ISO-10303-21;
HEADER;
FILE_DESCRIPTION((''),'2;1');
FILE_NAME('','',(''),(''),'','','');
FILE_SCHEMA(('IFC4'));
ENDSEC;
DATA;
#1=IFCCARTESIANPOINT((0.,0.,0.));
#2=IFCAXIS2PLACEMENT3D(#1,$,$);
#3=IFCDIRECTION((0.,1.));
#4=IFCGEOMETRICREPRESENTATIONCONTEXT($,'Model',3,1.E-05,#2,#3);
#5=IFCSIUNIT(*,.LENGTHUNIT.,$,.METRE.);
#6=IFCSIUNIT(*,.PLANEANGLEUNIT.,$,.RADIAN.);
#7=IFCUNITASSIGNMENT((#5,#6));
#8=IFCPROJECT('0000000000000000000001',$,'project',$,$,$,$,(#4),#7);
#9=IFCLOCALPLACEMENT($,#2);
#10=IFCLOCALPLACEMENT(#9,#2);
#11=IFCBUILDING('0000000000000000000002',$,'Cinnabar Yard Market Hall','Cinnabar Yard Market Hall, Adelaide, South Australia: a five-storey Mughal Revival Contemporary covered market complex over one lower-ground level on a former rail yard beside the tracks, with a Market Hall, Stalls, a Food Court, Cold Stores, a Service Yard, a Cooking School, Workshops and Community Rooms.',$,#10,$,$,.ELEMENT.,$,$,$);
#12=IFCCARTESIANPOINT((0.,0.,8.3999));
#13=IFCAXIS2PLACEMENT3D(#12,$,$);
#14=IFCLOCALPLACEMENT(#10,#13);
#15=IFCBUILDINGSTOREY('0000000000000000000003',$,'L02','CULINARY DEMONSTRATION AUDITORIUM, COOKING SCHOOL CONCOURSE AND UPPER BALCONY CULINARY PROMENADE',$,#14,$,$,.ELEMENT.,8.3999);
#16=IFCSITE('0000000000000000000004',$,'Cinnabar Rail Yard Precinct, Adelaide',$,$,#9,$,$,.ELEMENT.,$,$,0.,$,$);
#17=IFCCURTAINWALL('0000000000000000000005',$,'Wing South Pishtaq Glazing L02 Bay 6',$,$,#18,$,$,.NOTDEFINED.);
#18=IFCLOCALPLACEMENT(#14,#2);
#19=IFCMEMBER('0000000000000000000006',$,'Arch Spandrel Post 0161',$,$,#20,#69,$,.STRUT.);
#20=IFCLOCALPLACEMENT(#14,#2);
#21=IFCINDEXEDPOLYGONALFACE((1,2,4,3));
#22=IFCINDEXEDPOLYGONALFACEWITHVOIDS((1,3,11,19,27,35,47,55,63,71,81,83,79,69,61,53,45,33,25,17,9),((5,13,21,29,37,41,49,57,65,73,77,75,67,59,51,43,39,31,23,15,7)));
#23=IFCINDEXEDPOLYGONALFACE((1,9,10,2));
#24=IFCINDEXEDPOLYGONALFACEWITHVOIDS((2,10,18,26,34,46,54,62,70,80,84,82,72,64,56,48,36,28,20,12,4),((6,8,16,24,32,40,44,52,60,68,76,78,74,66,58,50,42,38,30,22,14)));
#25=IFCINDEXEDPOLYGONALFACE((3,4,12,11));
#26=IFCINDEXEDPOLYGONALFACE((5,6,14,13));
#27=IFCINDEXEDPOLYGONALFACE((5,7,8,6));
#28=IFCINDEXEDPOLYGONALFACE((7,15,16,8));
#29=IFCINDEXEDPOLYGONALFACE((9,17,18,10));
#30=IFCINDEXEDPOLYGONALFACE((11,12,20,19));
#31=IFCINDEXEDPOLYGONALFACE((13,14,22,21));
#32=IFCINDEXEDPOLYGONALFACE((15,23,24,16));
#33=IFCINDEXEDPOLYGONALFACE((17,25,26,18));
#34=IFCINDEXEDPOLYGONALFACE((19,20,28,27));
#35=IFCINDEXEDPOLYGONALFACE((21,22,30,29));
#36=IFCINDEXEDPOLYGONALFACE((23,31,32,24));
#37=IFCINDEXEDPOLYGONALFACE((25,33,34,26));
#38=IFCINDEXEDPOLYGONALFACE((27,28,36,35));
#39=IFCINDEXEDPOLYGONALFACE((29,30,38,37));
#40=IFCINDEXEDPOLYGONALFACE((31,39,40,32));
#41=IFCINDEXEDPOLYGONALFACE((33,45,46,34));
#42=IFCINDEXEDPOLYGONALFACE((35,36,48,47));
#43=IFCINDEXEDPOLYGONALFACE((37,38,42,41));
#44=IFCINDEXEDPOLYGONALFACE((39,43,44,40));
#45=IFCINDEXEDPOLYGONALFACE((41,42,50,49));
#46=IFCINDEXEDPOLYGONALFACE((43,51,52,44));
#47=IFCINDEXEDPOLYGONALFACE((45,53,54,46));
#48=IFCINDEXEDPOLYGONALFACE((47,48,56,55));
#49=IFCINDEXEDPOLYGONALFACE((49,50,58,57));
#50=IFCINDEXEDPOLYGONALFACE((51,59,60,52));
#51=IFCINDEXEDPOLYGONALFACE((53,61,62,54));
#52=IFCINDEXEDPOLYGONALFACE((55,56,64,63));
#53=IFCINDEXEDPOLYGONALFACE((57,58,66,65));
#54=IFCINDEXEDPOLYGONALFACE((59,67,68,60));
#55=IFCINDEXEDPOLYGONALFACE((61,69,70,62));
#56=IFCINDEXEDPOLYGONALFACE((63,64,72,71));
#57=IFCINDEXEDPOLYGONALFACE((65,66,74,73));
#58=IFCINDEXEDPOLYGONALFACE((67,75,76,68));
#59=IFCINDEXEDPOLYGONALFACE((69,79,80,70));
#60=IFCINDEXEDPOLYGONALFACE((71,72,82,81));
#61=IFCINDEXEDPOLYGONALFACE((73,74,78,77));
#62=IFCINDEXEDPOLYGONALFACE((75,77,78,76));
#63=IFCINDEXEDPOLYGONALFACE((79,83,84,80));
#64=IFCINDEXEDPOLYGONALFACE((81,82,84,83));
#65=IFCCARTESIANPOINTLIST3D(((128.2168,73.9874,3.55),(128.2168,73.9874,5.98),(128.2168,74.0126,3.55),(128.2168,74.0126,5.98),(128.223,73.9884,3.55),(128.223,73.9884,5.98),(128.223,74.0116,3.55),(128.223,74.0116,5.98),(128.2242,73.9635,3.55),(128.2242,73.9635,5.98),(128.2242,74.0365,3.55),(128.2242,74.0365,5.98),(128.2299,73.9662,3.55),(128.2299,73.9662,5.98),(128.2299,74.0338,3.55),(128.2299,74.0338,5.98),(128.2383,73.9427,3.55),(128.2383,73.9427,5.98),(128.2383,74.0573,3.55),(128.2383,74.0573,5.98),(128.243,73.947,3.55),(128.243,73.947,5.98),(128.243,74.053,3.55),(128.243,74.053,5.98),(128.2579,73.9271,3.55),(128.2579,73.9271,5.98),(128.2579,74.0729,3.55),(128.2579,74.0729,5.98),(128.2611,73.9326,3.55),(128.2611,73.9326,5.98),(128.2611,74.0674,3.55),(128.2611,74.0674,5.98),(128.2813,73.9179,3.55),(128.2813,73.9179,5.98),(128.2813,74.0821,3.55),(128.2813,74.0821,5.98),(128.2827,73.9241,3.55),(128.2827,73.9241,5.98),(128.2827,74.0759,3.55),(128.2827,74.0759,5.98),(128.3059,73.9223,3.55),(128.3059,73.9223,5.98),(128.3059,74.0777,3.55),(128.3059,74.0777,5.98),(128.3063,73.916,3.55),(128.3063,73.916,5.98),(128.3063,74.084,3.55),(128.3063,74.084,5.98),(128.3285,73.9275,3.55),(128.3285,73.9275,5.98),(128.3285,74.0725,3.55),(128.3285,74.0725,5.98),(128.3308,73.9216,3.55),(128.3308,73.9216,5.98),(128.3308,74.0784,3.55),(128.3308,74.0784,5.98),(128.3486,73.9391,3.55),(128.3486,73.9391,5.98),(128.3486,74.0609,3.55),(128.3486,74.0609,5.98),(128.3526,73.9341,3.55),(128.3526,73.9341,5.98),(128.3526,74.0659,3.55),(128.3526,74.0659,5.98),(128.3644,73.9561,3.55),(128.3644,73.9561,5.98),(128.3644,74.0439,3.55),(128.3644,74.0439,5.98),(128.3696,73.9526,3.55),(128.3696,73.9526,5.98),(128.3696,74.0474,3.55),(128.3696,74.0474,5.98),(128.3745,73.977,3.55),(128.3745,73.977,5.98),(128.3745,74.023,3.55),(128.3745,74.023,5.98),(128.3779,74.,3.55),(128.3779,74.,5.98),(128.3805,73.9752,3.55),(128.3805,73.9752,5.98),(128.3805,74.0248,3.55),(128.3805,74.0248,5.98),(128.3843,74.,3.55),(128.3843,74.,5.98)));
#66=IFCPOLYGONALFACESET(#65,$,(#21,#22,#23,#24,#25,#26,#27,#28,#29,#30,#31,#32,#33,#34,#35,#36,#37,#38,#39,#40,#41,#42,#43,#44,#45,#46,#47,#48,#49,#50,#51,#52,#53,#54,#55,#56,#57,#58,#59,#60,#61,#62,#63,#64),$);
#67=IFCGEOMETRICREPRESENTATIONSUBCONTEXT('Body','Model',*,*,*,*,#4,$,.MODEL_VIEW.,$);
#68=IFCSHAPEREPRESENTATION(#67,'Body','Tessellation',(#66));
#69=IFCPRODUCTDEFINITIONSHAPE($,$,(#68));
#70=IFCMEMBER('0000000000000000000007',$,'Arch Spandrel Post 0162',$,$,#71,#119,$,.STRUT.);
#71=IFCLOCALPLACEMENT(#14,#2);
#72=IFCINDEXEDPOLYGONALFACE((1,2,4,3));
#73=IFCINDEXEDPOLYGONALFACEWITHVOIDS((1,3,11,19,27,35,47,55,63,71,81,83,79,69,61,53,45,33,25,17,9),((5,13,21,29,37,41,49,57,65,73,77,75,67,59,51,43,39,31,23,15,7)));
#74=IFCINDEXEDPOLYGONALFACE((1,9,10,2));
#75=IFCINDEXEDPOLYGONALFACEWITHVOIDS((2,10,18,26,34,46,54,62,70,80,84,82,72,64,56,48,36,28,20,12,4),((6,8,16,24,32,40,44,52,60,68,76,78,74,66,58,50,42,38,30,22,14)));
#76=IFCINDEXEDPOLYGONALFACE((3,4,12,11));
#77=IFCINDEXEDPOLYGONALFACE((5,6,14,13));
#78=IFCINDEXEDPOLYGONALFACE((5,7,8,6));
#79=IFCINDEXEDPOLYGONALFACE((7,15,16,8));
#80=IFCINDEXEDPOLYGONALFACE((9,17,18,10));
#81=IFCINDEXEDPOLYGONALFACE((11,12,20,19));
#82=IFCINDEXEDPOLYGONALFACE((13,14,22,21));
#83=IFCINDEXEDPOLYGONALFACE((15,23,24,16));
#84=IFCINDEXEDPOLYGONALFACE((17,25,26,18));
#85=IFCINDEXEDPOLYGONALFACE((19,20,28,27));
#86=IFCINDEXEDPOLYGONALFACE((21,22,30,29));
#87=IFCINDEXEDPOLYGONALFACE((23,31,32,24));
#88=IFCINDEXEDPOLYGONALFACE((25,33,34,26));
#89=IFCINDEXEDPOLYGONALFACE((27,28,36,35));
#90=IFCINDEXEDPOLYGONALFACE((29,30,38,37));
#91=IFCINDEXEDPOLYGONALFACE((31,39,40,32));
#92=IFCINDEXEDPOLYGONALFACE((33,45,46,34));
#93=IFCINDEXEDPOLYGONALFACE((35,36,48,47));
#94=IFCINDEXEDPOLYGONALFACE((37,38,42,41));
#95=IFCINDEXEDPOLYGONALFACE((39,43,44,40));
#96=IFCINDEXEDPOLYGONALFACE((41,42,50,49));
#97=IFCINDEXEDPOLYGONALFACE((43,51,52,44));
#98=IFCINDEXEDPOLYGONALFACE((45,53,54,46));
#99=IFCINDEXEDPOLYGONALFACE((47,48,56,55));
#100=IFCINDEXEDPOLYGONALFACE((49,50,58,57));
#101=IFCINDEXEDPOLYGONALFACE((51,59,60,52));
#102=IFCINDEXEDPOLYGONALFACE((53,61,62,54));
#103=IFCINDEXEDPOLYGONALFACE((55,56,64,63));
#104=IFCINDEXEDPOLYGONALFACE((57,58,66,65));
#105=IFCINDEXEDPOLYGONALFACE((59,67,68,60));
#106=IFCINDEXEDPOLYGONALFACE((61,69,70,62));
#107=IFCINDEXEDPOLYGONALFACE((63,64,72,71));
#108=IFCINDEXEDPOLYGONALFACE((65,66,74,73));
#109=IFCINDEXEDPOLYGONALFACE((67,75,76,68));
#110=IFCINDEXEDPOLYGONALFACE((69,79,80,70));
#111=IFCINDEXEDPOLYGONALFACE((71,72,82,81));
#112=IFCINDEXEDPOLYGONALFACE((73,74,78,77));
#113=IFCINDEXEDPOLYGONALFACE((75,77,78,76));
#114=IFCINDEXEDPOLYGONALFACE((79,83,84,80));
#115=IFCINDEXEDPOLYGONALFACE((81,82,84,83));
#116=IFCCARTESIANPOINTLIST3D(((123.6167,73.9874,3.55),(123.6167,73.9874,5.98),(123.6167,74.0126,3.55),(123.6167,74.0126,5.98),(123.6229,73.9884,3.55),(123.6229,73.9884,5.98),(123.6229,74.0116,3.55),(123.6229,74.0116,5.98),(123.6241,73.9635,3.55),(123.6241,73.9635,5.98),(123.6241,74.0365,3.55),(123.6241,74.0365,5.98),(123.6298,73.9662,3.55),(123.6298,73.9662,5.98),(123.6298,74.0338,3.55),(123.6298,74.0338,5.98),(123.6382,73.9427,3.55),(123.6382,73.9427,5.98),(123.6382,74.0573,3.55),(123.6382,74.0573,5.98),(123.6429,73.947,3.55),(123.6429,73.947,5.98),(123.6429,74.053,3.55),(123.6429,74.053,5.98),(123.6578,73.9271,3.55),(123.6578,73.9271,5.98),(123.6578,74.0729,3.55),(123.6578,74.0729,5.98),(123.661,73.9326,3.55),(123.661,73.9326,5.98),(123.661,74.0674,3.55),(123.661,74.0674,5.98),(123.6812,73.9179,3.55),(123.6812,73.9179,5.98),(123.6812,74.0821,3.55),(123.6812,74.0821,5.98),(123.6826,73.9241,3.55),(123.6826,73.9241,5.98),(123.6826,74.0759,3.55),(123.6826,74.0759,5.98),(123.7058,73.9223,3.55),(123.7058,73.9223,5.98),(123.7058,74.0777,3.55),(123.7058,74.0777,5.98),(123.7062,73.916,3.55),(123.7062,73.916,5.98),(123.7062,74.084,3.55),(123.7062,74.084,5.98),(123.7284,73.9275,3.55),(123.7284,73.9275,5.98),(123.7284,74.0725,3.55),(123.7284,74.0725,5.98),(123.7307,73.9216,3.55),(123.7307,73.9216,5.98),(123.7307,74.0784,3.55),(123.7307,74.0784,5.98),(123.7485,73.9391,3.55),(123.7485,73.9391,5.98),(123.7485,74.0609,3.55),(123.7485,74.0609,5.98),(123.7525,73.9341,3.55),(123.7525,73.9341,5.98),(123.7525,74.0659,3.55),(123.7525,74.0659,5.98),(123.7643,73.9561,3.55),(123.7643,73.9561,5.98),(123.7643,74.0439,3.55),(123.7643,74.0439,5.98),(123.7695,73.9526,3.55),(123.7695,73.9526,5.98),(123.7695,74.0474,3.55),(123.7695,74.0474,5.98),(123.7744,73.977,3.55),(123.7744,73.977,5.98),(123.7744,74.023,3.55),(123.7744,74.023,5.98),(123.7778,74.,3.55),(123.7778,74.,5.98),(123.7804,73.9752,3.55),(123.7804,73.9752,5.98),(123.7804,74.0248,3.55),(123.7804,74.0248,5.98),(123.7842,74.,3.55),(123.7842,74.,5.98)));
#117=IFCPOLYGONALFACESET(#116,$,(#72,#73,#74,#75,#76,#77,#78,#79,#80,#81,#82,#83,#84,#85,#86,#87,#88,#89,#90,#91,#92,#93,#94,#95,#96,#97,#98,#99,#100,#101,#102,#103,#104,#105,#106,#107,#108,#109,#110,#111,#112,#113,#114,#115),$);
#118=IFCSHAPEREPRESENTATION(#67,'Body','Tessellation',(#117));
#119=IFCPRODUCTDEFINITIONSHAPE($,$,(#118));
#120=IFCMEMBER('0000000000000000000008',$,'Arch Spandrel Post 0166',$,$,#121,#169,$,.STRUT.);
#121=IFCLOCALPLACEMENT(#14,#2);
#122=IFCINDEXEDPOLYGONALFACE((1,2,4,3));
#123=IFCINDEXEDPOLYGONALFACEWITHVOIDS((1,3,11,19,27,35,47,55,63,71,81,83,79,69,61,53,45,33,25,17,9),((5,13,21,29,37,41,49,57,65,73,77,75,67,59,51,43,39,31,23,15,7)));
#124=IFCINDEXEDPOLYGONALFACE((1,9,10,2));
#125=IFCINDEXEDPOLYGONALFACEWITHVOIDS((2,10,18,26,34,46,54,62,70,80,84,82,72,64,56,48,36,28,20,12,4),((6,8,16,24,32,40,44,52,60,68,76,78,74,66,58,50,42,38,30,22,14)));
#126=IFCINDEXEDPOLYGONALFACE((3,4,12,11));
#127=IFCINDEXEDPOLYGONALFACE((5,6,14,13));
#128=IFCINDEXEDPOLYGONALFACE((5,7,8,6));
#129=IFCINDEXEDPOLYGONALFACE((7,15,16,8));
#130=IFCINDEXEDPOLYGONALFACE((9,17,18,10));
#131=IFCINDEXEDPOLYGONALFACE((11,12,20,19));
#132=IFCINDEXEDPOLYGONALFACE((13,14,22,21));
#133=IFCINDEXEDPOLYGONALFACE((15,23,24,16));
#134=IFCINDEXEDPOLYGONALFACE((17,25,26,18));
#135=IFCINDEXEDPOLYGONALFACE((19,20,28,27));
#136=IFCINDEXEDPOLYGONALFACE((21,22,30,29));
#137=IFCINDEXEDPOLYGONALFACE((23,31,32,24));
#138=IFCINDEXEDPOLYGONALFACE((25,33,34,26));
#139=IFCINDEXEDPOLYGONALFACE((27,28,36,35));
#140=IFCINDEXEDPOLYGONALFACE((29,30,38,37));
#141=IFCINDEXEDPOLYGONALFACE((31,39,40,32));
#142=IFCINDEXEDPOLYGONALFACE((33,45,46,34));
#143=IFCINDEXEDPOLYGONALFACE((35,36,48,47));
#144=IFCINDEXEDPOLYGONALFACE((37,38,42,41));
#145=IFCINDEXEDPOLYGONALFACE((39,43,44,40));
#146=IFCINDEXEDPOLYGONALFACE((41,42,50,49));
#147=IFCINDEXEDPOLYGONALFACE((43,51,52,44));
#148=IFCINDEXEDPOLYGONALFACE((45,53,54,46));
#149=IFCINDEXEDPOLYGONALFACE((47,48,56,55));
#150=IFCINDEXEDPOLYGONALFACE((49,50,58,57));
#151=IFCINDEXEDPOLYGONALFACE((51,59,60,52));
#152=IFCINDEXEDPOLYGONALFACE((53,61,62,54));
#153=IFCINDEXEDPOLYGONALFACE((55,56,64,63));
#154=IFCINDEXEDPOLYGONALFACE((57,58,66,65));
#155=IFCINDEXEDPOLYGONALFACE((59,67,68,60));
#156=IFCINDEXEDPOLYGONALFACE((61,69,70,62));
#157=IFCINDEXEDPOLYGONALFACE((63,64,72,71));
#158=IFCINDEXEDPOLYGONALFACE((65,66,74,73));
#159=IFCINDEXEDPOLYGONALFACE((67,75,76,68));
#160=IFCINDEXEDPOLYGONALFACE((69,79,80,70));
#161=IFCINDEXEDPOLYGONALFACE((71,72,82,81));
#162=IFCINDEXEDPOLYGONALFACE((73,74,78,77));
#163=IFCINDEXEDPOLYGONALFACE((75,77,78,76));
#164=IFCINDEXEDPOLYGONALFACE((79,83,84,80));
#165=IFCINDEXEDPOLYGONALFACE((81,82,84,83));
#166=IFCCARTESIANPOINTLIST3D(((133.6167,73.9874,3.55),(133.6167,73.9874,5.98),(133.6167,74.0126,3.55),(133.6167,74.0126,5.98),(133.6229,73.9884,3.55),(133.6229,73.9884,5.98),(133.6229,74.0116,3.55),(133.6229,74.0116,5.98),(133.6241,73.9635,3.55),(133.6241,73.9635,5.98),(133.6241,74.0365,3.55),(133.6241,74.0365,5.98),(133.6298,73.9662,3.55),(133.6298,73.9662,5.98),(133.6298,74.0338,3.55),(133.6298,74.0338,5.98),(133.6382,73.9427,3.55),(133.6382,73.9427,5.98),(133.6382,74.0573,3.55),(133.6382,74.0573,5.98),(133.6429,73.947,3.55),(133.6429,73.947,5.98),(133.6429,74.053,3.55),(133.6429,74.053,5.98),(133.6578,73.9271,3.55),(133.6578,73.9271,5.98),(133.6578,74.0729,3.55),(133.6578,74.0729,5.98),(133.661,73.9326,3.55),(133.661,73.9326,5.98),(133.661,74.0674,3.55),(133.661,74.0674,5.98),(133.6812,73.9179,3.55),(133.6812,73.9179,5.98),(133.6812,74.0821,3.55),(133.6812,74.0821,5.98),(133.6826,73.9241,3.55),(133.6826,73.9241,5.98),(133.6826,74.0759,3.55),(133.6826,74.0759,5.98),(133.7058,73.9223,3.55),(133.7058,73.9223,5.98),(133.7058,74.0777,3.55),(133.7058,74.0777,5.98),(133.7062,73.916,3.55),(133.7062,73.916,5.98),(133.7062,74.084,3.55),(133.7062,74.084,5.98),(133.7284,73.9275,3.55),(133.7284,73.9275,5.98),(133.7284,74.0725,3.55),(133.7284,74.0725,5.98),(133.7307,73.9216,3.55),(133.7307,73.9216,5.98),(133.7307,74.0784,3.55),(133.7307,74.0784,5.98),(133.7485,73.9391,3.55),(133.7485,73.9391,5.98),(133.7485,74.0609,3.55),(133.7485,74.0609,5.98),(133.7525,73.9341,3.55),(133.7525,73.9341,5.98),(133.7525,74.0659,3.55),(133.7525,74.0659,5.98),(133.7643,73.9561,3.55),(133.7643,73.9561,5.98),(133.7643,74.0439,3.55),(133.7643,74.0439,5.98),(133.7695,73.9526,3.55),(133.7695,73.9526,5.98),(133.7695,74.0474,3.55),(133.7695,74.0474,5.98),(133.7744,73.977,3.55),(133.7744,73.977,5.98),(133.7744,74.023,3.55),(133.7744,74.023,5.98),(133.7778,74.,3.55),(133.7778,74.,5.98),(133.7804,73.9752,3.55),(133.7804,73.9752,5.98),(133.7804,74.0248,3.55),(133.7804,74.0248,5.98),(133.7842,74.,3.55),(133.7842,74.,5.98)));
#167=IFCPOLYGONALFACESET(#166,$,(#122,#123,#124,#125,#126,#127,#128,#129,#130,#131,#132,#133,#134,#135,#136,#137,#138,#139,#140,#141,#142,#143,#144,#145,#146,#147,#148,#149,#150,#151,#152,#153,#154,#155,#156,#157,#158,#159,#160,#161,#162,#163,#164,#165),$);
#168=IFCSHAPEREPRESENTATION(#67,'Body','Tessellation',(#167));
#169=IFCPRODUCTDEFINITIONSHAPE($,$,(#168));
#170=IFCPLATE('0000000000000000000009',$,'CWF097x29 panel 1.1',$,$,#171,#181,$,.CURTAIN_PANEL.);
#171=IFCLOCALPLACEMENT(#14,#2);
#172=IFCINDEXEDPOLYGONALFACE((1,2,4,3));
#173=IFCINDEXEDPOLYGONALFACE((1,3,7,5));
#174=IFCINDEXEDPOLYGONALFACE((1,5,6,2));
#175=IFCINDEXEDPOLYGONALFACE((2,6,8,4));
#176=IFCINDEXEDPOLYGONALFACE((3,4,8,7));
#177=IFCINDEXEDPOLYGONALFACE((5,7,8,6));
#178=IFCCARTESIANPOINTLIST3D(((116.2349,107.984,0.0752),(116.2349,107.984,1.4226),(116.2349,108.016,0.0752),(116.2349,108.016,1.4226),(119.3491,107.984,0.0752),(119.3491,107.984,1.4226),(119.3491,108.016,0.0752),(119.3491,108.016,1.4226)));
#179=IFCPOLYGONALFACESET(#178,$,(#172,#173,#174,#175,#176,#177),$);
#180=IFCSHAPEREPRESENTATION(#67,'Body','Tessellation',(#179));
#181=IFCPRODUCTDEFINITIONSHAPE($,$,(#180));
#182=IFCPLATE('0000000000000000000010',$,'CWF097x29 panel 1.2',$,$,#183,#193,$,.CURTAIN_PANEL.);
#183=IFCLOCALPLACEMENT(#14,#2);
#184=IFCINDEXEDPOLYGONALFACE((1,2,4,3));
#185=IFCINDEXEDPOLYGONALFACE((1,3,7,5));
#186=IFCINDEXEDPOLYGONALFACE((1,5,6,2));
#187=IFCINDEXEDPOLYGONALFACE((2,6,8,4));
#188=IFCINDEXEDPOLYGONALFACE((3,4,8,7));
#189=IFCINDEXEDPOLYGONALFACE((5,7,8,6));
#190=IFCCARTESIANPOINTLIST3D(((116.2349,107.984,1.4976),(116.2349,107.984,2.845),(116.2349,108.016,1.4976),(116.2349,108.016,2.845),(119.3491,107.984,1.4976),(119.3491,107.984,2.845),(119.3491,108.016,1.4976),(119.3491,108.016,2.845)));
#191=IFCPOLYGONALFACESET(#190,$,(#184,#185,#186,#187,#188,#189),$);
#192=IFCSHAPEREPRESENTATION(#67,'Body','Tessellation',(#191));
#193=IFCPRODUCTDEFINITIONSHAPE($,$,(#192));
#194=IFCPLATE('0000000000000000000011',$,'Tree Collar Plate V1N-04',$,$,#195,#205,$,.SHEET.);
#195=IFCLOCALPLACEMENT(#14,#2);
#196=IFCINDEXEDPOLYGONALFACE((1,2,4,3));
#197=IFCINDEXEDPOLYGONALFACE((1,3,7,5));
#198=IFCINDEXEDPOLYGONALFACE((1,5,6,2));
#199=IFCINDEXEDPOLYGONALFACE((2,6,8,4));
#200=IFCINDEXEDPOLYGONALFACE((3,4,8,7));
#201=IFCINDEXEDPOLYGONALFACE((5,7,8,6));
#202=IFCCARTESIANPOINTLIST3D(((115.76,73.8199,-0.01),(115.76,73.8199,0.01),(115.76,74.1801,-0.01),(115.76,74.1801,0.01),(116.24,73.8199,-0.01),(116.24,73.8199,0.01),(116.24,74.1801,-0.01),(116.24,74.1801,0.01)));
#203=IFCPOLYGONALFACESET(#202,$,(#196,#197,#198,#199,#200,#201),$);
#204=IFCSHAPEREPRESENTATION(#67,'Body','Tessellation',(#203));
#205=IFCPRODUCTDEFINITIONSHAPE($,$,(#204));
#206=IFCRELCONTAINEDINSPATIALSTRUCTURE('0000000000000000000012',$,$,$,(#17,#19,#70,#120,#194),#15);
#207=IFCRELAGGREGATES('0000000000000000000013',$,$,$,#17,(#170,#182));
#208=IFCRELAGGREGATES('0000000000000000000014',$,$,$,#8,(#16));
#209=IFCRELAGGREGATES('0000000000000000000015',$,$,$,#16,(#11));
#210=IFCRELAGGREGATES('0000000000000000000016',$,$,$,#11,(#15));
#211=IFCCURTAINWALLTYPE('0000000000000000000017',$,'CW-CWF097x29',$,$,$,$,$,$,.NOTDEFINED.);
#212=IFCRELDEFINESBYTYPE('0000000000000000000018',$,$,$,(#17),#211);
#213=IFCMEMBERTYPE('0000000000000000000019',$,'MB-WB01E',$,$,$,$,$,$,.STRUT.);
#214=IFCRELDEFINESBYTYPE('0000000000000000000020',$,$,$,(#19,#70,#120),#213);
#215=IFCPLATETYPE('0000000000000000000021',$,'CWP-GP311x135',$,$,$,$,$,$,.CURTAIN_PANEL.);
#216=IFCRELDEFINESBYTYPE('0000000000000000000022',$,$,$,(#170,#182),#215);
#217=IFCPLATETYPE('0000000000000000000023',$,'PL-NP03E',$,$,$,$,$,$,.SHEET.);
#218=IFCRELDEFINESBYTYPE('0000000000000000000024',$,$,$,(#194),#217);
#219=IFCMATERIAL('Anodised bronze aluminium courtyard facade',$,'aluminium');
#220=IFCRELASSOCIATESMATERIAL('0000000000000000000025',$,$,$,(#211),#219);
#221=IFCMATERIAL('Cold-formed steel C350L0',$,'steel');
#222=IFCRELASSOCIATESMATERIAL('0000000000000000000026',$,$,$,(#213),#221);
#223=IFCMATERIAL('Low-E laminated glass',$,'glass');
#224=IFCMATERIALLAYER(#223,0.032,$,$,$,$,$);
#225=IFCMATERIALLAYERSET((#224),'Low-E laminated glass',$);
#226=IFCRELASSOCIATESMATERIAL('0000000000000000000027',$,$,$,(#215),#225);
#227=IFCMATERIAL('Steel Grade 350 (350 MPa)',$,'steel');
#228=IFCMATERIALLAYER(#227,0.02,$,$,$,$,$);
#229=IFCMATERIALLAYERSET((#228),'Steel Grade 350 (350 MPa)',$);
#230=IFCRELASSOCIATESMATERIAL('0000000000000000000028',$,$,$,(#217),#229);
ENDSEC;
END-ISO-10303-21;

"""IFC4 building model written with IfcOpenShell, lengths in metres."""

from ifc_helpers import new_model, si_unit, direction, frame, origin, origin_2d_with_axis, place, context, subcontext, project, spatial, rectangle, hollow_circle, extrude, material, layer, layer_set, material_profile, profile_set, type_object, element, aggregate, save


model = new_model("IFC4")

# Units and contexts
model_context = context("Model", 3, precision=1e-05, world=origin(), true_north=direction((0.0, 1.0)))
body_context = subcontext(model_context, "Body", "Model", "MODEL_VIEW")
ifc_project = project(units=[si_unit("LENGTHUNIT", "METRE"), si_unit("PLANEANGLEUNIT", "RADIAN")], contexts=[model_context])

# Site, building, storey
site_placement = place(None, origin())
site = spatial("IfcSite", under=ifc_project, at=site_placement, Name="Cinnabar Rail Yard Precinct, Adelaide", CompositionType="ELEMENT", RefElevation=0.0)
building_placement = place(site_placement, origin())
building = spatial("IfcBuilding", under=site, at=building_placement, Name="Cinnabar Yard Market Hall", Description="Cinnabar Yard Market Hall, Adelaide, South Australia: a five-storey Mughal Revival Contemporary covered market complex over one lower-ground level on a former rail yard beside the tracks, with a Market Hall, Stalls, a Food Court, Cold Stores, a Service Yard, a Cooking School, Workshops and Community Rooms.", CompositionType="ELEMENT")
storey_placement = place(building_placement, frame((0.0, 0.0, 8.3999)))
storey = spatial("IfcBuildingStorey", under=building, at=storey_placement, Name="L02", Description="CULINARY DEMONSTRATION AUDITORIUM, COOKING SCHOOL CONCOURSE AND UPPER BALCONY CULINARY PROMENADE", CompositionType="ELEMENT", Elevation=8.3999)

# Curtain wall
ifc_material_1 = material(Name="Anodised bronze aluminium courtyard facade", Category="aluminium")
curtain_wall_type = type_object("IfcCurtainWallType", Name="CW-CWF097x29", PredefinedType="NOTDEFINED", material=ifc_material_1)
curtain_wall_placement = place(storey_placement, origin())
curtain_wall = element("IfcCurtainWall", 1, at=curtain_wall_placement, inside=storey, type_object=curtain_wall_type, Name="Wing South Pishtaq Glazing L02 Bay 6", PredefinedType="NOTDEFINED")

# Members
ifc_material_2 = material(Name="Cold-formed steel C350L0", Category="steel")
ifc_material_profile_1 = material_profile(ifc_material_2, hollow_circle(Radius=0.0842, WallThickness=0.0063, at=origin_2d_with_axis()), Name="168.3x6.4CHS")
ifc_profile_set_1 = profile_set([ifc_material_profile_1], Name="Cold-formed steel C350L0")
member_type_1 = type_object("IfcMemberType", Name="MB-WB01E", PredefinedType="STRUT", material=ifc_profile_set_1)
for number, where, z_axis, x_axis, name in (
    (2, (128.3, 74.0, 3.55), (0.0, 0.0, 1.0), (1.0, 0.0, 0.0), "Arch Spandrel Post 0161"),
    (3, (123.7, 74.0, 3.55), (0.0, 0.0, 1.0), (1.0, 0.0, 0.0), "Arch Spandrel Post 0162"),
    (4, (133.7, 74.0, 3.55), (0.0, 0.0, 1.0), (1.0, 0.0, 0.0), "Arch Spandrel Post 0166"),
):
    element("IfcMember", number, at=place(storey_placement, frame(where, z_axis=z_axis, x_axis=x_axis)), inside=storey, type_object=member_type_1, Name=name, PredefinedType="STRUT", context=body_context, shape_type="SweptSolid", body=[
        extrude(hollow_circle(Radius=0.0842, WallThickness=0.0063, at=origin_2d_with_axis()), origin(), (0.0, 0.0, 1.0), 2.4299),
    ])

# Plates
ifc_material_3 = material(Name="Low-E laminated glass", Category="glass")
ifc_layer_1 = layer(ifc_material_3, 0.032)
ifc_layer_set_1 = layer_set([ifc_layer_1], Name="Low-E laminated glass")
plate_type_1 = type_object("IfcPlateType", Name="CWP-GP311x135", PredefinedType="CURTAIN_PANEL", material=ifc_layer_set_1)
plate_1_placement = place(storey_placement, frame((117.792, 108.0, 0.0752), z_axis=(0.0, 0.0, 1.0), x_axis=(1.0, 0.0, 0.0)))
plate_1 = element("IfcPlate", 5, at=plate_1_placement, type_object=plate_type_1, Name="CWF097x29 panel 1.1", PredefinedType="CURTAIN_PANEL", context=body_context, shape_type="SweptSolid", body=[
    extrude(rectangle(XDim=3.1143, YDim=0.032, at=origin_2d_with_axis()), origin(), (0.0, 0.0, 1.0), 1.3474),
])
plate_2_placement = place(storey_placement, frame((117.792, 108.0, 1.4976), z_axis=(0.0, 0.0, 1.0), x_axis=(1.0, 0.0, 0.0)))
plate_2 = element("IfcPlate", 6, at=plate_2_placement, type_object=plate_type_1, Name="CWF097x29 panel 1.2", PredefinedType="CURTAIN_PANEL", context=body_context, shape_type="SweptSolid", body=[
    extrude(rectangle(XDim=3.1143, YDim=0.032, at=origin_2d_with_axis()), origin(), (0.0, 0.0, 1.0), 1.3474),
])
aggregate(curtain_wall, [plate_1, plate_2])

# Plate
ifc_material_4 = material(Name="Steel Grade 350 (350 MPa)", Category="steel")
ifc_layer_2 = layer(ifc_material_4, 0.02)
ifc_layer_set_2 = layer_set([ifc_layer_2], Name="Steel Grade 350 (350 MPa)")
plate_type_2 = type_object("IfcPlateType", Name="PL-NP03E", PredefinedType="SHEET", material=ifc_layer_set_2)
plate_3_placement = place(storey_placement, frame((116.0, 74.0, -0.01), z_axis=(0.0, 0.0, 1.0), x_axis=(1.0, 0.0, 0.0)))
element("IfcPlate", 7, at=plate_3_placement, inside=storey, type_object=plate_type_2, Name="Tree Collar Plate V1N-04", PredefinedType="SHEET", context=body_context, shape_type="SweptSolid", body=[
    extrude(rectangle(XDim=0.48, YDim=0.3601, at=origin_2d_with_axis()), origin(), (0.0, 0.0, 1.0), 0.02),
])

save(model, "model.ifc")
